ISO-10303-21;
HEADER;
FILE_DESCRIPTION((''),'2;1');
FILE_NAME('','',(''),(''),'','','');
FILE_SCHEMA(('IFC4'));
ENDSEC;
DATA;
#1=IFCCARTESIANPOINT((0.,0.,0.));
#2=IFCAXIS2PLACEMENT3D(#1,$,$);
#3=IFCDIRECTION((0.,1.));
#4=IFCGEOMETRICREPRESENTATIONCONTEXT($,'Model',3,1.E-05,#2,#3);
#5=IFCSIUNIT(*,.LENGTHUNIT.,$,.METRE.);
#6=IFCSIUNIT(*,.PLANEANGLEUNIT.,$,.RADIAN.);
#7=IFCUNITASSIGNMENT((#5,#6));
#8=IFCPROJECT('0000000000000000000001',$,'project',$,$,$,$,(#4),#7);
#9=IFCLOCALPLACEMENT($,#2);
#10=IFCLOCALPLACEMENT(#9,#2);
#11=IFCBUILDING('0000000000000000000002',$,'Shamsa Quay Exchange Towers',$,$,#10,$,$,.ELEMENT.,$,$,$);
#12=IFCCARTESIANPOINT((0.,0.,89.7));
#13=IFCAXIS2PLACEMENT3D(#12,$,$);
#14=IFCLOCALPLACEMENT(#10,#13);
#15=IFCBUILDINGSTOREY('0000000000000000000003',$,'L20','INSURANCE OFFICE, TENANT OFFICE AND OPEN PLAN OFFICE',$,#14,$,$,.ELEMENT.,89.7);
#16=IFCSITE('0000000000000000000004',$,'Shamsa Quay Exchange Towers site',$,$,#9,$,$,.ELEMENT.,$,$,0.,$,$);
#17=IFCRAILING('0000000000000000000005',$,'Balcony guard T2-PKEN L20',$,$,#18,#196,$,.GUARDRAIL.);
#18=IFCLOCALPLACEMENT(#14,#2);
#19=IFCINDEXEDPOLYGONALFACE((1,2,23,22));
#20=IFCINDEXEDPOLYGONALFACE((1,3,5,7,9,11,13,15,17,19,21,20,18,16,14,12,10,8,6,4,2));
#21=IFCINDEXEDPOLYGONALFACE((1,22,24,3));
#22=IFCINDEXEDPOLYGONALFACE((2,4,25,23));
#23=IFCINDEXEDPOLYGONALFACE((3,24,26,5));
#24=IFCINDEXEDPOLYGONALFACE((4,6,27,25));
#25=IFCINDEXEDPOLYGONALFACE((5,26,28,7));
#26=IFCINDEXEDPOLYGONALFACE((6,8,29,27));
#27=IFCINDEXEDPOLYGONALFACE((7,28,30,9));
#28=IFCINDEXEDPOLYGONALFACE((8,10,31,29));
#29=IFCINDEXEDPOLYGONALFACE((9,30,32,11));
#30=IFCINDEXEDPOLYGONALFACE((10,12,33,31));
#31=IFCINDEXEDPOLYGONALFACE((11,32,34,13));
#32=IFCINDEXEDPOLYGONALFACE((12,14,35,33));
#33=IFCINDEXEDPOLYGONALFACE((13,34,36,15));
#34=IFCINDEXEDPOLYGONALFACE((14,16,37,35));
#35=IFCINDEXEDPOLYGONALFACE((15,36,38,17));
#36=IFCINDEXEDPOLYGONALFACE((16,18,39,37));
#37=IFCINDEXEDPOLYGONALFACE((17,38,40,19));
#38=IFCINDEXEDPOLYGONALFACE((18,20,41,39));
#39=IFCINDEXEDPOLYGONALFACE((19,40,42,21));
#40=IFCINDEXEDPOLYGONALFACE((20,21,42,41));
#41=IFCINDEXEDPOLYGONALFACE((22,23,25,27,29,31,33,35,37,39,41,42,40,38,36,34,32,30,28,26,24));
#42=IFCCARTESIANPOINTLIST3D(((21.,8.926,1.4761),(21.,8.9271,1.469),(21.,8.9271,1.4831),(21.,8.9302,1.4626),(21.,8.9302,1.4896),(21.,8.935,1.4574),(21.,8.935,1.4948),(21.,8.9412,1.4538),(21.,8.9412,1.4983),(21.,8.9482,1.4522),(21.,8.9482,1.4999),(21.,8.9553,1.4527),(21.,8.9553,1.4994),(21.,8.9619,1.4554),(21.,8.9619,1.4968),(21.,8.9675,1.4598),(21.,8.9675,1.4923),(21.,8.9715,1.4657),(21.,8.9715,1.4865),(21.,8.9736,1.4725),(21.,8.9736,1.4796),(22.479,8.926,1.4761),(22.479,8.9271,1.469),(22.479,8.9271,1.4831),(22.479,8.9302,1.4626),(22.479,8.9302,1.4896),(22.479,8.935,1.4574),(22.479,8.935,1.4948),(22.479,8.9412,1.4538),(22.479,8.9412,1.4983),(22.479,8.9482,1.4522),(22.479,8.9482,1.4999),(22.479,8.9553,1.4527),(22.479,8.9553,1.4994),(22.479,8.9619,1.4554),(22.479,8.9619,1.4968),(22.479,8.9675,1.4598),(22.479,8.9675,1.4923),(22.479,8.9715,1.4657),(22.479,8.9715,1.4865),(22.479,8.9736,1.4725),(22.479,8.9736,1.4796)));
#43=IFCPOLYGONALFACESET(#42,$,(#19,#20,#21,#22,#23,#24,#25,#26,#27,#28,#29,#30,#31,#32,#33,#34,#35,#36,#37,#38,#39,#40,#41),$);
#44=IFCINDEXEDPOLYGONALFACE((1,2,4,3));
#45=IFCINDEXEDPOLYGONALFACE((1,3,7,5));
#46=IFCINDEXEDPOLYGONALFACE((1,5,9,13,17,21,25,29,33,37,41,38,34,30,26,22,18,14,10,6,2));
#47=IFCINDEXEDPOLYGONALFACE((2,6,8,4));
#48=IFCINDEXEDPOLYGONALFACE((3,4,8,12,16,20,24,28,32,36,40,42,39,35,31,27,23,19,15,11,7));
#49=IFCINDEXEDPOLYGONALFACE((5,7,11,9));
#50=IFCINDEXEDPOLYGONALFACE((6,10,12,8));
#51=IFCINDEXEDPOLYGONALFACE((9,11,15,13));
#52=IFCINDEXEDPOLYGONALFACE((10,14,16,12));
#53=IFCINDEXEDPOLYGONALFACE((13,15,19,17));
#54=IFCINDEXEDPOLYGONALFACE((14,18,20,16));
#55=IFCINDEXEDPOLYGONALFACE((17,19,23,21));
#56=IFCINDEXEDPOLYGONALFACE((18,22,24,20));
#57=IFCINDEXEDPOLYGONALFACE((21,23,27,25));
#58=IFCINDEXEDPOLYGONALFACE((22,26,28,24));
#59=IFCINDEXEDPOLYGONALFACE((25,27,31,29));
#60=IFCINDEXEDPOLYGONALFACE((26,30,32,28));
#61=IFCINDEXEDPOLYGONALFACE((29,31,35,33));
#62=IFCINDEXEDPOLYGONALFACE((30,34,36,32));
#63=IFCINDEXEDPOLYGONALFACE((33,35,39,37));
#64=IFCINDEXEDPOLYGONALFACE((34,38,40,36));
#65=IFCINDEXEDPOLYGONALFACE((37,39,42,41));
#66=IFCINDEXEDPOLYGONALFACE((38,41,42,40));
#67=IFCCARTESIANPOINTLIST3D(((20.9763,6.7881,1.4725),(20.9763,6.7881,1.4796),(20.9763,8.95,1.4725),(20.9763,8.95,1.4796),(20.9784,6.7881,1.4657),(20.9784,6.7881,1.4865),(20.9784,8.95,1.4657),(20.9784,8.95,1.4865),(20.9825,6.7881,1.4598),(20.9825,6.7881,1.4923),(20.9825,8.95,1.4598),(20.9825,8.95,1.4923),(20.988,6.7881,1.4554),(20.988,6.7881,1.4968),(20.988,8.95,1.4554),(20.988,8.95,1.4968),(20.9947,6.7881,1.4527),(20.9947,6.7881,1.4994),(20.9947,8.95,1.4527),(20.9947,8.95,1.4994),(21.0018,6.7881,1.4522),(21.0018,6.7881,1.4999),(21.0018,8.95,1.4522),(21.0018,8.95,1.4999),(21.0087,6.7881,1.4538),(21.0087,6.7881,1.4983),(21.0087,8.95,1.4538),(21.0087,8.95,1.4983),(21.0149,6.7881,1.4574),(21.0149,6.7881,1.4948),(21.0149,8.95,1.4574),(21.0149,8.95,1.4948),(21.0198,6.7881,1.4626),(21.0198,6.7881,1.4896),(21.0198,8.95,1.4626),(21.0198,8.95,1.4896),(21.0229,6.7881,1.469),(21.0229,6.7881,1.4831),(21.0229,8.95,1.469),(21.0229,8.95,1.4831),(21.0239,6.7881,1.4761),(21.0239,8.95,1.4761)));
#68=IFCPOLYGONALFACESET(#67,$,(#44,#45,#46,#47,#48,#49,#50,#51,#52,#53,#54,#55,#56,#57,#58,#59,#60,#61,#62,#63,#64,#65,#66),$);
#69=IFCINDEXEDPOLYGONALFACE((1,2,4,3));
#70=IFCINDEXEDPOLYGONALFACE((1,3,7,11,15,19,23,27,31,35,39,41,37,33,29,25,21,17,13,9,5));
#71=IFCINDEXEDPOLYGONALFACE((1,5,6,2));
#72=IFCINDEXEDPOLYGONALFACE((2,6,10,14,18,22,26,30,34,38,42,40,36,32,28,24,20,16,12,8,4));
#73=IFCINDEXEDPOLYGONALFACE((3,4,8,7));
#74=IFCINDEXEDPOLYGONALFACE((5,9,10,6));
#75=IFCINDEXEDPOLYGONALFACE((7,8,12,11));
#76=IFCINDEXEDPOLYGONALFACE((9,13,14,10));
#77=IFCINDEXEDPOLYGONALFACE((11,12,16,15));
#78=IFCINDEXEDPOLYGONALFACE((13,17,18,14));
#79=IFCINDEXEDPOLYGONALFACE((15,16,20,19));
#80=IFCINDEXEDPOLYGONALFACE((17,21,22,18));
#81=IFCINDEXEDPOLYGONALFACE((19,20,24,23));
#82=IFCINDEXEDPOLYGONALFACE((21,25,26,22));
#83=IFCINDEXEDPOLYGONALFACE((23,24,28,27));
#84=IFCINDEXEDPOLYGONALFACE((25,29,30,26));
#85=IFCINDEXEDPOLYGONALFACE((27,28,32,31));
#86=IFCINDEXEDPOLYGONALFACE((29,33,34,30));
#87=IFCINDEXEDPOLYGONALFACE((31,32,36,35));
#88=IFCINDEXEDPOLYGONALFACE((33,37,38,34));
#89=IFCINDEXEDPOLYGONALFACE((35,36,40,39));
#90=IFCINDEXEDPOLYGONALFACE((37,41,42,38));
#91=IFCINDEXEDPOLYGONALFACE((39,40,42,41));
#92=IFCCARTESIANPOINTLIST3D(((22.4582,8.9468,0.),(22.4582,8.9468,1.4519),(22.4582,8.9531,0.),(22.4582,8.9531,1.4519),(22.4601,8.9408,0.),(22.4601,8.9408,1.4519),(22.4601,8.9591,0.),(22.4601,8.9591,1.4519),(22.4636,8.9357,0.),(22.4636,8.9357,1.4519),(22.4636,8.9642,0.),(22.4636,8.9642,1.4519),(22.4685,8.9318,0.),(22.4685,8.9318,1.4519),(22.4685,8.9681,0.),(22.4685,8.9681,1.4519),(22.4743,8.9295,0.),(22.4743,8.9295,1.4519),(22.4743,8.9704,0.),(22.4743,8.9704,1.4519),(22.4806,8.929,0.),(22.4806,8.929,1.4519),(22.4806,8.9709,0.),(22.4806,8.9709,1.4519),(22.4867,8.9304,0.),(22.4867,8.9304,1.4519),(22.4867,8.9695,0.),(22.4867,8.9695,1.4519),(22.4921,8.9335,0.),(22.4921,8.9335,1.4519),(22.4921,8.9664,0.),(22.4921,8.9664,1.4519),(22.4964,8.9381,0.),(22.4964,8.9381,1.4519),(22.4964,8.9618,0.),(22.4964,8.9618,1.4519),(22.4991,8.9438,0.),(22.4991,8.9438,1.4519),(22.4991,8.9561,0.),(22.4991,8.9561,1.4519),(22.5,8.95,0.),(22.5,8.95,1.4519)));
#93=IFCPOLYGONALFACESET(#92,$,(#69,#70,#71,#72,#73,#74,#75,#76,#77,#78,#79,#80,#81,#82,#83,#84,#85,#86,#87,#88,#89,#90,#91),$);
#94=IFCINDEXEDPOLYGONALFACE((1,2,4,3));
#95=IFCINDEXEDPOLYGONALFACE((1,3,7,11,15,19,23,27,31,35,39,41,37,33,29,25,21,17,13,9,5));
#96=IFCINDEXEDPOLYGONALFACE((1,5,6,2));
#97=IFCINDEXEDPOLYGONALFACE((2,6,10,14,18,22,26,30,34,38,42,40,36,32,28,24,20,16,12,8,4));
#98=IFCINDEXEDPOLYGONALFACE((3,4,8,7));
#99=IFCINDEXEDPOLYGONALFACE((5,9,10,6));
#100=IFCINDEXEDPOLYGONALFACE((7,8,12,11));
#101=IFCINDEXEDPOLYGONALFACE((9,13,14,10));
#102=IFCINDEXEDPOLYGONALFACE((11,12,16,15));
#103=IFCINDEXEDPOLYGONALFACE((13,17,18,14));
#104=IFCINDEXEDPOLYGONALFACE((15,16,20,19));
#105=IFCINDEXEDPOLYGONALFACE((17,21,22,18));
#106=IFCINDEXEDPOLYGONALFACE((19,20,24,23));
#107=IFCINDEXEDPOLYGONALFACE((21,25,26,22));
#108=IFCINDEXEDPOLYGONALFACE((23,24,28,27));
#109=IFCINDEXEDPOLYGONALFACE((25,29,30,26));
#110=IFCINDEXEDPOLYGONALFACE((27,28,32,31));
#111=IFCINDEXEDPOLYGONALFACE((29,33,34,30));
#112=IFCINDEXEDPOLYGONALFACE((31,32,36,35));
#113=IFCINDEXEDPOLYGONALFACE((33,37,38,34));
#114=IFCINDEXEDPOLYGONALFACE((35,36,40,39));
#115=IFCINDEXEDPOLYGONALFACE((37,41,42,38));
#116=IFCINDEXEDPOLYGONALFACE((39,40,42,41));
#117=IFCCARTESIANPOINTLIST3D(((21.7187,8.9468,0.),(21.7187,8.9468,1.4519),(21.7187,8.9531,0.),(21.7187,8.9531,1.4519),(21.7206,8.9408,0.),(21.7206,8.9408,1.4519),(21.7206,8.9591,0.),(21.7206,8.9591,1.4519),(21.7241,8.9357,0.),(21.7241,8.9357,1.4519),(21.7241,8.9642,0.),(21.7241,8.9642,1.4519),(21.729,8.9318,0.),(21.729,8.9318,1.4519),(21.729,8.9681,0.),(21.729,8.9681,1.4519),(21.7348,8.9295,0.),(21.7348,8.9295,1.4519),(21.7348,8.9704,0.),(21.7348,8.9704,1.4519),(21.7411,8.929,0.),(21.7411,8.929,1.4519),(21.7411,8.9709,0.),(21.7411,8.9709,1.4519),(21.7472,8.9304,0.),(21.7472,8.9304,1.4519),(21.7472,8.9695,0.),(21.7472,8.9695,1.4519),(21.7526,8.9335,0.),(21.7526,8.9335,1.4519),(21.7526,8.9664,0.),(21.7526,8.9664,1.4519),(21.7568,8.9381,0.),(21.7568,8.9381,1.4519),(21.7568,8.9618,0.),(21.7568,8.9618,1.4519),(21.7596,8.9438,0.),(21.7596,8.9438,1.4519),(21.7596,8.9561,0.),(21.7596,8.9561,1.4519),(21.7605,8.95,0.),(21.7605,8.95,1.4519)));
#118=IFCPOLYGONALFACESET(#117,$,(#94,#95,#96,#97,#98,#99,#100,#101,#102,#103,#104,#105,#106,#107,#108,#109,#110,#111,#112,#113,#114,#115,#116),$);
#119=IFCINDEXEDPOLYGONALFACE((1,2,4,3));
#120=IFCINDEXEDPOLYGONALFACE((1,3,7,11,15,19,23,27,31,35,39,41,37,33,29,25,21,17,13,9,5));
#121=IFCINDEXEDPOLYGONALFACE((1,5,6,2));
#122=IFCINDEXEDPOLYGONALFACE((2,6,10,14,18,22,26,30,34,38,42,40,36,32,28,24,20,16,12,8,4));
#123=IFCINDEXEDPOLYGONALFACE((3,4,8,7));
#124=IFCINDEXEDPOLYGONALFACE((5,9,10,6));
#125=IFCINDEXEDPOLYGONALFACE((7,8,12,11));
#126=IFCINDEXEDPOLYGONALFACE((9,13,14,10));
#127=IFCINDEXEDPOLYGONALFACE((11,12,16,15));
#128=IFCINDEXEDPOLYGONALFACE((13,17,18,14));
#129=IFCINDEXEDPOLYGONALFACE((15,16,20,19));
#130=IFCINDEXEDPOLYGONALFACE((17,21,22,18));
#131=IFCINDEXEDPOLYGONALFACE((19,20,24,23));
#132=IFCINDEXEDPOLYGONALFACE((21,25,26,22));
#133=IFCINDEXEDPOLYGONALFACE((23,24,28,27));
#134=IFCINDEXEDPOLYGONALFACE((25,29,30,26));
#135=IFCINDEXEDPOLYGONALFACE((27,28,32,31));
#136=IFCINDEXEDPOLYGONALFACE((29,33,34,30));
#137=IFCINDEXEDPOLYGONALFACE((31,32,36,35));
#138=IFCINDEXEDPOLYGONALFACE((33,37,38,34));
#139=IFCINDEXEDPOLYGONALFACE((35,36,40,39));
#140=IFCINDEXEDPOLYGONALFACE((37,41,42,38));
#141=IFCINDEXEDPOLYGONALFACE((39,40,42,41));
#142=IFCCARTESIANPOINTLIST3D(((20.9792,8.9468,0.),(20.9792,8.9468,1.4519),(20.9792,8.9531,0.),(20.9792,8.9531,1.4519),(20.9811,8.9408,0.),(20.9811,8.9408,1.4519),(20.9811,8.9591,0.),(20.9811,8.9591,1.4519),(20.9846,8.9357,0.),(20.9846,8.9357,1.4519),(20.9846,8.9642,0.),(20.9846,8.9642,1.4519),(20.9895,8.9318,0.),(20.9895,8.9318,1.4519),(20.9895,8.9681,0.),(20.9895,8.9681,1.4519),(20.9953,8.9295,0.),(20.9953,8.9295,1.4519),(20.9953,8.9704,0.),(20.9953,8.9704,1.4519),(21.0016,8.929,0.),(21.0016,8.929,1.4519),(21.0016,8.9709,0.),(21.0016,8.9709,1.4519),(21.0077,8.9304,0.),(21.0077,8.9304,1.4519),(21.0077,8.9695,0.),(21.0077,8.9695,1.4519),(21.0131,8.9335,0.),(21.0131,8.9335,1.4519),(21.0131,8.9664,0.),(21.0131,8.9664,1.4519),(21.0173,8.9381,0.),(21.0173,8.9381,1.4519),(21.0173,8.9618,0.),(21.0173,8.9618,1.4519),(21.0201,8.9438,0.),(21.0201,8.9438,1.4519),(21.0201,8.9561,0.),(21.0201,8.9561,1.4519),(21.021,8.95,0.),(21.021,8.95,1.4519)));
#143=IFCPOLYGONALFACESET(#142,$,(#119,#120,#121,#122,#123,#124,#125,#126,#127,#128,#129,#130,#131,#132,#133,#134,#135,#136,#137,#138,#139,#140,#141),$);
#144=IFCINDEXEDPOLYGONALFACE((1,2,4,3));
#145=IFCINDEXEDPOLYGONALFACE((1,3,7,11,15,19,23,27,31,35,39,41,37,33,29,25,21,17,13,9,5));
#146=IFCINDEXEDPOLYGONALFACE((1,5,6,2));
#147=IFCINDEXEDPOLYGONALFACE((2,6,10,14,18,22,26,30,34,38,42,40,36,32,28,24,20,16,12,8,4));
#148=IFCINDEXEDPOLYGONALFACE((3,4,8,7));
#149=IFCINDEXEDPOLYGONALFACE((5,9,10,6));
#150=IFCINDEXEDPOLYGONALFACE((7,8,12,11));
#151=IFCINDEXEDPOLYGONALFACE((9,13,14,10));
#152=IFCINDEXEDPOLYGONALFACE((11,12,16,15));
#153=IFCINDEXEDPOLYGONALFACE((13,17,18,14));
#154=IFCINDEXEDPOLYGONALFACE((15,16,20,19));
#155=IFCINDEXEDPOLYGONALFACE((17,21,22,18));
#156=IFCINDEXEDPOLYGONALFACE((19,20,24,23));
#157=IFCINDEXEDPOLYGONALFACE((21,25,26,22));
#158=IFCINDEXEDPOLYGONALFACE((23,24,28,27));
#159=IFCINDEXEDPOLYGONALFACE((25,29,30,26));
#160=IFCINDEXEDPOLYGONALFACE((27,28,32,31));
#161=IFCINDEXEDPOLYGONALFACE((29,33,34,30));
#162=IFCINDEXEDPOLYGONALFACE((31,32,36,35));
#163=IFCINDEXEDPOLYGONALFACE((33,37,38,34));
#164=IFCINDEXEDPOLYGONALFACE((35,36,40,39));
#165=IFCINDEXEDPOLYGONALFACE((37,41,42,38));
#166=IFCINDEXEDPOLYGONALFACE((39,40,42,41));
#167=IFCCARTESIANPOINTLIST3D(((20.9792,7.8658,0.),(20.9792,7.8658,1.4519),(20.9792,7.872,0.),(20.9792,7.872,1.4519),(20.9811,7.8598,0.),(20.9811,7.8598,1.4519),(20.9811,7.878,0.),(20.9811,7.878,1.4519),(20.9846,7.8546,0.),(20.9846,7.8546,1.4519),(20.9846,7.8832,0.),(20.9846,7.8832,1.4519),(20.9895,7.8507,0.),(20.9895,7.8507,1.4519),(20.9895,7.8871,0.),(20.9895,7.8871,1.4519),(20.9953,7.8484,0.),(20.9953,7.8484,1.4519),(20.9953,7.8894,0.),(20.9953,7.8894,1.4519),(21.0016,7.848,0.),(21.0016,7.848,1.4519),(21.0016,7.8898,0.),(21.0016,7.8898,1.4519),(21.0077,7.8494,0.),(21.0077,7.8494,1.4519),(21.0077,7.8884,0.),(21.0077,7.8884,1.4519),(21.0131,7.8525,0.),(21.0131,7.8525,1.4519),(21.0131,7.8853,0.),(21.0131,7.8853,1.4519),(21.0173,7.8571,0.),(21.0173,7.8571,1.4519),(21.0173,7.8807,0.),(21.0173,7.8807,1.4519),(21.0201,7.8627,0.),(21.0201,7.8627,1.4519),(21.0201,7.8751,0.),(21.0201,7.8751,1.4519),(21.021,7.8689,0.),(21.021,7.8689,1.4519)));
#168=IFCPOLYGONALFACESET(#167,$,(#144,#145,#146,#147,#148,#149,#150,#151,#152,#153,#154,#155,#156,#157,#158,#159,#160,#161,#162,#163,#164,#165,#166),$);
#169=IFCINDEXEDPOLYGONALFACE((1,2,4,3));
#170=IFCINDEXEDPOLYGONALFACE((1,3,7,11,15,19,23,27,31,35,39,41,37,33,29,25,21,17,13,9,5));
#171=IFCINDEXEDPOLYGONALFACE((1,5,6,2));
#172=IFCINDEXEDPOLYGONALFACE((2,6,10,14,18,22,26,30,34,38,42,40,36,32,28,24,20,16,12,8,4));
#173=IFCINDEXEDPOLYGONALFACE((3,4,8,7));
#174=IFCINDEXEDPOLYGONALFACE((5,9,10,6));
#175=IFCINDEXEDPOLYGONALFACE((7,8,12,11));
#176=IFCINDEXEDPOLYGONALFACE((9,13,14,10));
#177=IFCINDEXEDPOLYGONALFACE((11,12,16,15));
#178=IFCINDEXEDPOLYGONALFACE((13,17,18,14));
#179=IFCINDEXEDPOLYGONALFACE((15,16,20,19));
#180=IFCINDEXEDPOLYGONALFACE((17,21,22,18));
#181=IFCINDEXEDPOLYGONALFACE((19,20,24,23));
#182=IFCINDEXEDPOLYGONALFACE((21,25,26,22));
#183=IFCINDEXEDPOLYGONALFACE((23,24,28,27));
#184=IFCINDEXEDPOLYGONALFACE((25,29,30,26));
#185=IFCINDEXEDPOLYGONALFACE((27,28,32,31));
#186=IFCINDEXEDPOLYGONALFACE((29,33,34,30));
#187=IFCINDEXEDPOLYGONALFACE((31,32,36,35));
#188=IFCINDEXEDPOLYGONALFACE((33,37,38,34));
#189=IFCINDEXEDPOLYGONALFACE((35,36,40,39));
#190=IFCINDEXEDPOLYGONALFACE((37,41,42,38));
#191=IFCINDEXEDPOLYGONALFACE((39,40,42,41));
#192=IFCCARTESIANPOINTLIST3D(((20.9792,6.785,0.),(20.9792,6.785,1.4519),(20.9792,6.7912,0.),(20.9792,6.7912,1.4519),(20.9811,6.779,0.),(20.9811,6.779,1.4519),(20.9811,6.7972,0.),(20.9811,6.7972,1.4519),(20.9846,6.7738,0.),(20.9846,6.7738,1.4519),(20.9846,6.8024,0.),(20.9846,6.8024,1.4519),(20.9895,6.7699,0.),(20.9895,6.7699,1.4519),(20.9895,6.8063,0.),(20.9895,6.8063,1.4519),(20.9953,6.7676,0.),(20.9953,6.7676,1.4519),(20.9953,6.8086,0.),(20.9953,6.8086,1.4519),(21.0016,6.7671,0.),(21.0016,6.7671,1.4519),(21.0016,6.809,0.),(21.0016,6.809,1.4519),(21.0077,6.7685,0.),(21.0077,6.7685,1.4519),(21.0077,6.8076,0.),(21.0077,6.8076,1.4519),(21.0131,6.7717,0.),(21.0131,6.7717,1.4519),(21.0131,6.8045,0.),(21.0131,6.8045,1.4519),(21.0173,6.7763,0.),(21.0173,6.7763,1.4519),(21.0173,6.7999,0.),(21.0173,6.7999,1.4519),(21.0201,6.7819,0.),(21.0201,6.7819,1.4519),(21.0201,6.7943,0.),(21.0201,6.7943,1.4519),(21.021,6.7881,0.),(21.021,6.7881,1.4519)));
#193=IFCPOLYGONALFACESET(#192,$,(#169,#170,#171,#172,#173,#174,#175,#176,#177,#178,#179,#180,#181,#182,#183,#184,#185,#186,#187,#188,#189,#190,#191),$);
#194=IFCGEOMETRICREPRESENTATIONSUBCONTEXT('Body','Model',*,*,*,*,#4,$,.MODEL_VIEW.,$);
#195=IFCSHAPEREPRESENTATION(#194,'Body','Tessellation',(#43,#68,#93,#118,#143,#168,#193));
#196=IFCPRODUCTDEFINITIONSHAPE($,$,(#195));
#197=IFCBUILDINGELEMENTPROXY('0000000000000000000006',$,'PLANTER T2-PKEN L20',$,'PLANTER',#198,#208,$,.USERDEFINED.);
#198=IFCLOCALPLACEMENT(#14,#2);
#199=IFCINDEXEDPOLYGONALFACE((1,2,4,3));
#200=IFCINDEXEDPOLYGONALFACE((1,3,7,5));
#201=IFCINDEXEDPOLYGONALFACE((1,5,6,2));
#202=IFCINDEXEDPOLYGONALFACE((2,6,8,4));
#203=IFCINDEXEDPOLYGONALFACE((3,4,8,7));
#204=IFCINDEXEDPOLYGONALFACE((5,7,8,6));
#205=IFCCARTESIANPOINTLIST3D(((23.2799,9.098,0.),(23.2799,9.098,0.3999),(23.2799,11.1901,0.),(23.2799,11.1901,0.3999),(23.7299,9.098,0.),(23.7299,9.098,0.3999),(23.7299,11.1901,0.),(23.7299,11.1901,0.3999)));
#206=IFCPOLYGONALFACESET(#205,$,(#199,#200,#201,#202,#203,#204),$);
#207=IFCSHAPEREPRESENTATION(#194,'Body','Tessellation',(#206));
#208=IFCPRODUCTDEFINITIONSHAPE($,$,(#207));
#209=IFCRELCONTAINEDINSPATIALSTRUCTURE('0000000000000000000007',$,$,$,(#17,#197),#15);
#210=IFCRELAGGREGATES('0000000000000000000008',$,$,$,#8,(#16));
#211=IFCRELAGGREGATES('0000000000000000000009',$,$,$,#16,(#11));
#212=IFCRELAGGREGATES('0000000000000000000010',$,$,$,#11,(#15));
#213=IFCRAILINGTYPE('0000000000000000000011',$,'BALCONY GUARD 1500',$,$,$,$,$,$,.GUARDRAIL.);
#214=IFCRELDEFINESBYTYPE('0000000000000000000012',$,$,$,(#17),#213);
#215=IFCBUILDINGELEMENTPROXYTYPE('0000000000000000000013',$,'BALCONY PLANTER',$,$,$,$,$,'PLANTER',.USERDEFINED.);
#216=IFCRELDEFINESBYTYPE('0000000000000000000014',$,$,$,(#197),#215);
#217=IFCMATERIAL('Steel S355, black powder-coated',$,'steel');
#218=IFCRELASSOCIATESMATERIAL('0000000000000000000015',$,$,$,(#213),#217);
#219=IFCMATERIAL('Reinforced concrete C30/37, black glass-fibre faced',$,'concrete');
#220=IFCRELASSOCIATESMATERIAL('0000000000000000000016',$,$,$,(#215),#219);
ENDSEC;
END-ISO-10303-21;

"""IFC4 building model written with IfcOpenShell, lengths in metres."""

from ifc_helpers import new_model, si_unit, direction, frame, origin, origin_2d, place, context, subcontext, project, spatial, rectangle, circle, extrude, material, type_object, element, save


model = new_model("IFC4")

# Units and contexts
model_context = context("Model", 3, precision=1e-05, world=origin(), true_north=direction((0.0, 1.0)))
body_context = subcontext(model_context, "Body", "Model", "MODEL_VIEW")
ifc_project = project(units=[si_unit("LENGTHUNIT", "METRE"), si_unit("PLANEANGLEUNIT", "RADIAN")], contexts=[model_context])

# Site, building, storey
site_placement = place(None, origin())
site = spatial("IfcSite", under=ifc_project, at=site_placement, Name="Shamsa Quay Exchange Towers site", CompositionType="ELEMENT", RefElevation=0.0)
building_placement = place(site_placement, origin())
building = spatial("IfcBuilding", under=site, at=building_placement, Name="Shamsa Quay Exchange Towers", CompositionType="ELEMENT")
storey_placement = place(building_placement, frame((0.0, 0.0, 89.7)))
storey = spatial("IfcBuildingStorey", under=building, at=storey_placement, Name="L20", Description="INSURANCE OFFICE, TENANT OFFICE AND OPEN PLAN OFFICE", CompositionType="ELEMENT", Elevation=89.7)

# Railing
ifc_material_1 = material(Name="Steel S355, black powder-coated", Category="steel")
railing_type = type_object("IfcRailingType", Name="BALCONY GUARD 1500", PredefinedType="GUARDRAIL", material=ifc_material_1)
for number, where, name in (
    (1, (22.479, 8.95, 0.0), "Balcony guard T2-PKEN L20"),
):
    element("IfcRailing", number, at=place(storey_placement, frame(where)), inside=storey, type_object=railing_type, Name=name, PredefinedType="GUARDRAIL", context=body_context, shape_type="SweptSolid", body=[
        extrude(circle(Radius=0.0239, at=origin_2d()), frame((0.0, 0.0, 1.4761), z_axis=(-1.0, 0.0, 0.0), x_axis=(0.0, -1.0, 0.0)), (0.0, 0.0, 1.0), 1.479),
        extrude(circle(Radius=0.0239, at=origin_2d()), frame((-1.479, 0.0, 1.4761), z_axis=(0.0, -1.0, 0.0), x_axis=(1.0, 0.0, 0.0)), (0.0, 0.0, 1.0), 2.1619),
        extrude(circle(Radius=0.021, at=origin_2d()), origin(), (0.0, 0.0, 1.0), 1.4519),
        extrude(circle(Radius=0.021, at=origin_2d()), frame((-0.7395, 0.0, 0.0)), (0.0, 0.0, 1.0), 1.4519),
        extrude(circle(Radius=0.021, at=origin_2d()), frame((-1.479, 0.0, 0.0)), (0.0, 0.0, 1.0), 1.4519),
        extrude(circle(Radius=0.021, at=origin_2d()), frame((-1.479, -1.0811, 0.0)), (0.0, 0.0, 1.0), 1.4519),
        extrude(circle(Radius=0.021, at=origin_2d()), frame((-1.479, -2.1619, 0.0)), (0.0, 0.0, 1.0), 1.4519),
    ])

# Building element proxy
ifc_material_2 = material(Name="Reinforced concrete C30/37, black glass-fibre faced", Category="concrete")
building_element_proxy_type = type_object("IfcBuildingElementProxyType", Name="BALCONY PLANTER", ElementType="PLANTER", PredefinedType="USERDEFINED", material=ifc_material_2)
for number, where, z_axis, x_axis, name in (
    (2, (23.5049, 10.144, 0.0), (0.0, 0.0, 1.0), (0.0, -1.0, 0.0), "PLANTER T2-PKEN L20"),
):
    element("IfcBuildingElementProxy", number, at=place(storey_placement, frame(where, z_axis=z_axis, x_axis=x_axis)), inside=storey, type_object=building_element_proxy_type, Name=name, ObjectType="PLANTER", PredefinedType="USERDEFINED", context=body_context, shape_type="SweptSolid", body=[
        extrude(rectangle(XDim=2.092, YDim=0.45, at=origin_2d()), origin(), (0.0, 0.0, 1.0), 0.3999),
    ])

save(model, "model.ifc")
